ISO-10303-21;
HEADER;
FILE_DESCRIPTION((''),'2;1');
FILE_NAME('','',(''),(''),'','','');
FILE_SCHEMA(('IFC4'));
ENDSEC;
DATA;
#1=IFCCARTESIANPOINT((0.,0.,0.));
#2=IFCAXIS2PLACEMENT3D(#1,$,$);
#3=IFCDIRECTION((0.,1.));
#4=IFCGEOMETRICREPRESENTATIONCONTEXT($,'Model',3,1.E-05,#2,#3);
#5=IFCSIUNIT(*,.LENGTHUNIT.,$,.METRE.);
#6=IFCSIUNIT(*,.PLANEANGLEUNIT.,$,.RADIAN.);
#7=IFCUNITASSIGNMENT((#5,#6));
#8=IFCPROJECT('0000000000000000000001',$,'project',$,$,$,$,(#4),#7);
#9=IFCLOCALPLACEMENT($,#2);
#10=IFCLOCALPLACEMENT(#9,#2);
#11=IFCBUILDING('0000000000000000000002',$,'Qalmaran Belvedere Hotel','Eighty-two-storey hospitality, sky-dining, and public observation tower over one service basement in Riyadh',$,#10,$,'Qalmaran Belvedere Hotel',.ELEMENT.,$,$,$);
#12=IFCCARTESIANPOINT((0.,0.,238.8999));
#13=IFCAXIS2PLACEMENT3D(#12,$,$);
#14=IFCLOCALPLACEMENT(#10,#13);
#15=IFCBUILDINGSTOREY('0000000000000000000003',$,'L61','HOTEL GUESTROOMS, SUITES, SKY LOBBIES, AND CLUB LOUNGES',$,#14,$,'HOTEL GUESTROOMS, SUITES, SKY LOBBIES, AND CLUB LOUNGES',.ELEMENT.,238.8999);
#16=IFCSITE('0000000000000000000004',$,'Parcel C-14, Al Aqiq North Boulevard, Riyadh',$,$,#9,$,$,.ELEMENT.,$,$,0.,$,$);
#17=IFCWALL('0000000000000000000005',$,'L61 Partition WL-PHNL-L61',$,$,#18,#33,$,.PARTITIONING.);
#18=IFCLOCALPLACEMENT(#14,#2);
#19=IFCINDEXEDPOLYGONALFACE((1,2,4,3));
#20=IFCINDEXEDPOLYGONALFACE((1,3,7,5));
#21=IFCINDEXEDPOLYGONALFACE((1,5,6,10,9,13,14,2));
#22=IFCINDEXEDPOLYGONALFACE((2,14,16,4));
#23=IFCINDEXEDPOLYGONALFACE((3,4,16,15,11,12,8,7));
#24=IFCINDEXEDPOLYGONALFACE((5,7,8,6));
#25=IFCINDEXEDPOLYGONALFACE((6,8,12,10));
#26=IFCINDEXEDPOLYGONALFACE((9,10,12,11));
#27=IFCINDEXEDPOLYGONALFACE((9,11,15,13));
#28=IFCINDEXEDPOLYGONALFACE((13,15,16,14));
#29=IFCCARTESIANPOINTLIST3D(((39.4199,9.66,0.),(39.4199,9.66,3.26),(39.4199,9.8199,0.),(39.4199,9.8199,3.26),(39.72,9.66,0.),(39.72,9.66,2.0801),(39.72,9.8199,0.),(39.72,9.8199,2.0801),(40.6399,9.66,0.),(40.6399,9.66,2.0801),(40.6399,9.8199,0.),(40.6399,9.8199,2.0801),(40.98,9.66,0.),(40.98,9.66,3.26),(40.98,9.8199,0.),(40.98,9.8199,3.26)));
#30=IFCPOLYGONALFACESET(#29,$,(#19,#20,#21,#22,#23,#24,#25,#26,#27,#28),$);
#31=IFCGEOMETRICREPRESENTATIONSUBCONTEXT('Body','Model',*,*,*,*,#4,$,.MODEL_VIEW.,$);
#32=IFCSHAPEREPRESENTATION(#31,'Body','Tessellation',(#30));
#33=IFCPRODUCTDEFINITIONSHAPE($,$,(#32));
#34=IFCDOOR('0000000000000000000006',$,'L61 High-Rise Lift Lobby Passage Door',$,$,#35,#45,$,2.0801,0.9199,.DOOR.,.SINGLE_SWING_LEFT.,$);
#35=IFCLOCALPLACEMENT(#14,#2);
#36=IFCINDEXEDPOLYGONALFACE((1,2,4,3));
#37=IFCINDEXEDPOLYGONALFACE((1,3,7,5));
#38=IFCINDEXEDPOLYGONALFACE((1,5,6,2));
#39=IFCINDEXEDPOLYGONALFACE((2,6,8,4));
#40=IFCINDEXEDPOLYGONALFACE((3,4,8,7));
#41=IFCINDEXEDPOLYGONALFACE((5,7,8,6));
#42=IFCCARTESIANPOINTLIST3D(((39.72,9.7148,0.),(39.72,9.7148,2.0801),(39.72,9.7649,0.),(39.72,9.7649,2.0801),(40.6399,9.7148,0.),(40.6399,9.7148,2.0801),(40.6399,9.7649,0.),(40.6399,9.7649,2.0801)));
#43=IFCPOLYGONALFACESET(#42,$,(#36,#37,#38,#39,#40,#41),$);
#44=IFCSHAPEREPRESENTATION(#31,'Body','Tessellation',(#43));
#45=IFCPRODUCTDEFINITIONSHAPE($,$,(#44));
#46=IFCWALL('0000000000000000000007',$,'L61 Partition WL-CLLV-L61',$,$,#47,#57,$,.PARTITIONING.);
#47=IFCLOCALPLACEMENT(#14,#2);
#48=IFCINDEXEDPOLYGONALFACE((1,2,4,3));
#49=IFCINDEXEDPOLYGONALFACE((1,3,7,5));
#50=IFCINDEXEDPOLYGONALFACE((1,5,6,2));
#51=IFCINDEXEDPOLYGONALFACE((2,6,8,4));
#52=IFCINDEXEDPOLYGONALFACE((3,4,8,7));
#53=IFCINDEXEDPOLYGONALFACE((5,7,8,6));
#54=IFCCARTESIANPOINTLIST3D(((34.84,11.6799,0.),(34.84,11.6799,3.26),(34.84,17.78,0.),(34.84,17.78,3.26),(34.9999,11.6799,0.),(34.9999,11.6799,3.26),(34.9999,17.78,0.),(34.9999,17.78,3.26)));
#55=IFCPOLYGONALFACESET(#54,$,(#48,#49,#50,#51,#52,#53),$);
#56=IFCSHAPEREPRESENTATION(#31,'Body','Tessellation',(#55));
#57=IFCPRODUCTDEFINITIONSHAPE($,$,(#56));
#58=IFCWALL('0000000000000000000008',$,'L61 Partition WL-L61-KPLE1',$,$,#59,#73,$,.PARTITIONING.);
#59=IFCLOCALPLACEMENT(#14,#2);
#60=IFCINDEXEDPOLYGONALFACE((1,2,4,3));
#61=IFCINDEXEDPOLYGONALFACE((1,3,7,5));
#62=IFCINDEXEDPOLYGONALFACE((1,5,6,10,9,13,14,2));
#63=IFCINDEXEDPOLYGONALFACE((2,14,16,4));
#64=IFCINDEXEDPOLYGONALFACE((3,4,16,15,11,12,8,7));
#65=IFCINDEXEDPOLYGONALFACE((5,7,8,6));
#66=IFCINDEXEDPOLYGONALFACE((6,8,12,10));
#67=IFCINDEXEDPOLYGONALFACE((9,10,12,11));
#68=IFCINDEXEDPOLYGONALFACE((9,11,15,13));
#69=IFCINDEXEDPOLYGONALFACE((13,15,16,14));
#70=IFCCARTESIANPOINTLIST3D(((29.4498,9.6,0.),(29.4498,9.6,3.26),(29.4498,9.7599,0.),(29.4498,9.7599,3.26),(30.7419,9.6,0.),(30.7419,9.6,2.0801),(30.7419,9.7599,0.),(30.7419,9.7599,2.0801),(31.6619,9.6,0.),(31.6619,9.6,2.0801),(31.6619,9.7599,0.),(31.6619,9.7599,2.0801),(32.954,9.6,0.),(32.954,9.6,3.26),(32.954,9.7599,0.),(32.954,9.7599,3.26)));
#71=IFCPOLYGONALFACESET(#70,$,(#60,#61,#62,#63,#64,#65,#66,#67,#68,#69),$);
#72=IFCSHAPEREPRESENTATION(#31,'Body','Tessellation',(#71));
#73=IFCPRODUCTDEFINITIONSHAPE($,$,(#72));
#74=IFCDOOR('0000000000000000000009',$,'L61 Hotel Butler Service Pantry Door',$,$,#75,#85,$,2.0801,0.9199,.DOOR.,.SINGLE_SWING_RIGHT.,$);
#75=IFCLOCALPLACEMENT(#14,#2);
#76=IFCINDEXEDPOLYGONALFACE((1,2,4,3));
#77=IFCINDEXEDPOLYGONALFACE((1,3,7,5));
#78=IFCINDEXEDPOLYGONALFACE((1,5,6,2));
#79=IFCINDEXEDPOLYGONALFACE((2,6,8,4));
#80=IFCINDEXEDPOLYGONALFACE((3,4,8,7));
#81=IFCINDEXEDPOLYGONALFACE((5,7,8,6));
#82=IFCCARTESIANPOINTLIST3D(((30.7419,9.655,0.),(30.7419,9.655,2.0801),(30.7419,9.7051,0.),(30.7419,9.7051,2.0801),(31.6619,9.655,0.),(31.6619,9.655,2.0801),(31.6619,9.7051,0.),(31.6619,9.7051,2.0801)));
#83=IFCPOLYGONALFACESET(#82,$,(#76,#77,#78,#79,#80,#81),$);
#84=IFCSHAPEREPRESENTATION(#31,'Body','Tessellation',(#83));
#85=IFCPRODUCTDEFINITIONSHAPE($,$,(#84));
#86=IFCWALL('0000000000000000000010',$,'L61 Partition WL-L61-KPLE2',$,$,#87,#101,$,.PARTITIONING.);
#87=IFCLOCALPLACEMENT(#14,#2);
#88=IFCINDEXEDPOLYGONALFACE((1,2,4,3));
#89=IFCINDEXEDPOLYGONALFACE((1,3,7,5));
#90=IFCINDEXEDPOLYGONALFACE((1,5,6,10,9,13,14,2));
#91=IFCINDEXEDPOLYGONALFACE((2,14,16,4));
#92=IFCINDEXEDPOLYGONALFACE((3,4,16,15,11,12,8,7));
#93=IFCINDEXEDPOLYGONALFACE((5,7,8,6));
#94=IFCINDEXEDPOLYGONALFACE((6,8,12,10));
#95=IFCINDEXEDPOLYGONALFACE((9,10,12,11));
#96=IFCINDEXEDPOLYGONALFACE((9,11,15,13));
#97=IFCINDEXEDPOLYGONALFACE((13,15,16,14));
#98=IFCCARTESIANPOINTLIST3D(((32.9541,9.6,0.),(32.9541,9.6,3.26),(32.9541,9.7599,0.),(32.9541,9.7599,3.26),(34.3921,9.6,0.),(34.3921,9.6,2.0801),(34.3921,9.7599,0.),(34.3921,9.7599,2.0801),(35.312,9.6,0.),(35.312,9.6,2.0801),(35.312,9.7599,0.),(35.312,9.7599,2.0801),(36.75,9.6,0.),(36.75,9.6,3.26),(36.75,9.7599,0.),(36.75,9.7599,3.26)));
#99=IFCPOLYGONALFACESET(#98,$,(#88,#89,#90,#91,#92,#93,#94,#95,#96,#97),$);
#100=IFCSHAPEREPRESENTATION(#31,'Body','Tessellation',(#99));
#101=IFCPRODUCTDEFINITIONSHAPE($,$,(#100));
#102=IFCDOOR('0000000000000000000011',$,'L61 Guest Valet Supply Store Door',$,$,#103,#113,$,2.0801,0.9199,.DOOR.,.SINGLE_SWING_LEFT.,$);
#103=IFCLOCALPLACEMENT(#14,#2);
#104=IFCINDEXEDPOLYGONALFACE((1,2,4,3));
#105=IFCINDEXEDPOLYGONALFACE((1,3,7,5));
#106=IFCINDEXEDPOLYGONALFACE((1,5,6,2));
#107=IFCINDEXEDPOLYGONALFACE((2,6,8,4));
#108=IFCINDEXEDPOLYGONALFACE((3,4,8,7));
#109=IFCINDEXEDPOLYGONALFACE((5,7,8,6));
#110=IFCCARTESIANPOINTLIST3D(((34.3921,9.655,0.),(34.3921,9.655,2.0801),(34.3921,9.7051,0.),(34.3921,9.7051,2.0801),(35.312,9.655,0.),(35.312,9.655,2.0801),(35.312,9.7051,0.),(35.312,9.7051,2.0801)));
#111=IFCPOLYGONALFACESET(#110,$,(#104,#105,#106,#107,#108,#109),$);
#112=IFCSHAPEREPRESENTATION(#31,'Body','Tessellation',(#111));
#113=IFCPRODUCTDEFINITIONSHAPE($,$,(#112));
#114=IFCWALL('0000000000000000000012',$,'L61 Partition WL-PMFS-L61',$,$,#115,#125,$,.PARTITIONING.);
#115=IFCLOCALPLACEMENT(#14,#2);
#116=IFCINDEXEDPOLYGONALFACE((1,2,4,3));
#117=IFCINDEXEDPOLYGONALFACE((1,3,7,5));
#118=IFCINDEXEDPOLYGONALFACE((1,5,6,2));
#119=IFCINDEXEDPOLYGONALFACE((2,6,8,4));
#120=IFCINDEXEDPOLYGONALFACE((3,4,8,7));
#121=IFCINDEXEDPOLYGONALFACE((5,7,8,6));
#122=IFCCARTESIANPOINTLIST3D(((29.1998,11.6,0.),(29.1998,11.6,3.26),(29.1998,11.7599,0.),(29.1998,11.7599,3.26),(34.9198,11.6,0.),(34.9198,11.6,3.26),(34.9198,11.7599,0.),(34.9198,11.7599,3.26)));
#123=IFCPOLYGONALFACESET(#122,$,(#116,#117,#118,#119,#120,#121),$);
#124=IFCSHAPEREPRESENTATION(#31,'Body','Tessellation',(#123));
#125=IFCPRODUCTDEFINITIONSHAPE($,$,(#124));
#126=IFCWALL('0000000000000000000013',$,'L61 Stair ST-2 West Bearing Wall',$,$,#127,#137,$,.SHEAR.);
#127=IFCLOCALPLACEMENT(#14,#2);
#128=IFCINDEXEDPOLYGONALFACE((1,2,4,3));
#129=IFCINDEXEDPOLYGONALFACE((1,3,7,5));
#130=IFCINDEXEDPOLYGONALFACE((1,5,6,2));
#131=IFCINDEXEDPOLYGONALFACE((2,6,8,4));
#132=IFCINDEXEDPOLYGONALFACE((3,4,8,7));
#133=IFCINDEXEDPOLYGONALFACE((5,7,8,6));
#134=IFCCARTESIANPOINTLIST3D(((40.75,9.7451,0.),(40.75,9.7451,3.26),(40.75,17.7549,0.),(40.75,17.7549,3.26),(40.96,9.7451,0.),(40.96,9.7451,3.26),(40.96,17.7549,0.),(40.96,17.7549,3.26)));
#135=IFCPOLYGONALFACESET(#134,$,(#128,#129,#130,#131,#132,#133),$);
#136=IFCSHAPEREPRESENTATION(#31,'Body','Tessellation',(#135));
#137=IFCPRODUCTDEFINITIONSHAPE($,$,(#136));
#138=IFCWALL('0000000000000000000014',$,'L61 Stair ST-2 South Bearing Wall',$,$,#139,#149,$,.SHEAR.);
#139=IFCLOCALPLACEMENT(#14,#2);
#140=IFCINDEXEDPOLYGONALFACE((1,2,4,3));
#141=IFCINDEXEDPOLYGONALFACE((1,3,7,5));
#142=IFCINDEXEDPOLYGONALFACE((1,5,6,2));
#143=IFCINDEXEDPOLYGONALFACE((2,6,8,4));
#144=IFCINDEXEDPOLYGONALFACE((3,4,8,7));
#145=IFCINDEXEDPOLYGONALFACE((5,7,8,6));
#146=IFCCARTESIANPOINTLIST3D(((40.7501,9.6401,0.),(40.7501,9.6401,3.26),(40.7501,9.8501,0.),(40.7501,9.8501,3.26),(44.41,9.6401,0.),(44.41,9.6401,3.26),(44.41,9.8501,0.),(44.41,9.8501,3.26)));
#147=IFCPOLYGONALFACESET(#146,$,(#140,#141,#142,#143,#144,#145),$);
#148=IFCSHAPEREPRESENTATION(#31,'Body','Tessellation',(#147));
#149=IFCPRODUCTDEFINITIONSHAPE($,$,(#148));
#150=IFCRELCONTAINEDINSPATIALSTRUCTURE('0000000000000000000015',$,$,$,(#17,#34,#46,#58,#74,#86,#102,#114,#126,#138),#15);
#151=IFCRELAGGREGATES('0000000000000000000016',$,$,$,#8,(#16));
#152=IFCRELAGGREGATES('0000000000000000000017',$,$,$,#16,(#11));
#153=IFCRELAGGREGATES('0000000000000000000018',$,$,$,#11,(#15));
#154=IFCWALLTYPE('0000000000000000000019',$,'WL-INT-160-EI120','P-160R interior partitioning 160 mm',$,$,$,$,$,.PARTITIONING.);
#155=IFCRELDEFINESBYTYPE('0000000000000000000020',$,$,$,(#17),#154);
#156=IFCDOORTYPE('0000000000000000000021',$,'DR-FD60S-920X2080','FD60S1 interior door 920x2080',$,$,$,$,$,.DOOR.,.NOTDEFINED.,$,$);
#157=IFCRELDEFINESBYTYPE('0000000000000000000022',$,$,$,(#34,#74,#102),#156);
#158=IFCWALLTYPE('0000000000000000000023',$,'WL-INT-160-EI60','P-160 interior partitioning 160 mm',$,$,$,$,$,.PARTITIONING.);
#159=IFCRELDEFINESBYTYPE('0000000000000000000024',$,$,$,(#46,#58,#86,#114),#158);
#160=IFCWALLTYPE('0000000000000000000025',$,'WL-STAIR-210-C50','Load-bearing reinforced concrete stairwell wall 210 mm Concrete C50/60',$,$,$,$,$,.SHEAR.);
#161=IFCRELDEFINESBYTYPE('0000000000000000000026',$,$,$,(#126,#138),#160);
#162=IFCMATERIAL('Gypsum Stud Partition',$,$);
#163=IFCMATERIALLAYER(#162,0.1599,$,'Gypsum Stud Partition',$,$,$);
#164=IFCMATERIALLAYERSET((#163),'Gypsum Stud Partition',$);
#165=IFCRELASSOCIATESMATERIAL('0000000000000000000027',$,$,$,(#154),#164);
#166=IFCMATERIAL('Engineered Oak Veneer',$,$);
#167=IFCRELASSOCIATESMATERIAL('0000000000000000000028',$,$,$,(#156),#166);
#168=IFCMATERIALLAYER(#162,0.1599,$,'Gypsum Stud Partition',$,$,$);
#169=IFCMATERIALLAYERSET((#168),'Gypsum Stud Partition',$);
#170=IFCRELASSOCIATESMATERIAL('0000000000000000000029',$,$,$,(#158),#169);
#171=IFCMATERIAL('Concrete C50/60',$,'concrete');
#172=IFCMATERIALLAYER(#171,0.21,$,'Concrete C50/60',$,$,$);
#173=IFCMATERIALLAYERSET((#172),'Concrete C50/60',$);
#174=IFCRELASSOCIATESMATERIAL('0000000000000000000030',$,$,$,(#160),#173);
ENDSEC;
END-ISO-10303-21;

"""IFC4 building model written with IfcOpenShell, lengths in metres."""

from ifc_helpers import new_model, si_unit, direction, frame, frame_2d, origin, place, context, subcontext, project, spatial, rectangle, extrude, material, layer, layer_set, type_object, element, fill, save


model = new_model("IFC4")

# Units and contexts
model_context = context("Model", 3, precision=1e-05, world=origin(), true_north=direction((0.0, 1.0)))
body_context = subcontext(model_context, "Body", "Model", "MODEL_VIEW")
ifc_project = project(units=[si_unit("LENGTHUNIT", "METRE"), si_unit("PLANEANGLEUNIT", "RADIAN")], contexts=[model_context])

# Site, building, storey
site_placement = place(None, origin())
site = spatial("IfcSite", under=ifc_project, at=site_placement, Name="Parcel C-14, Al Aqiq North Boulevard, Riyadh", CompositionType="ELEMENT", RefElevation=0.0)
building_placement = place(site_placement, origin())
building = spatial("IfcBuilding", under=site, at=building_placement, Name="Qalmaran Belvedere Hotel", Description="Eighty-two-storey hospitality, sky-dining, and public observation tower over one service basement in Riyadh", LongName="Qalmaran Belvedere Hotel", CompositionType="ELEMENT")
storey_placement = place(building_placement, frame((0.0, 0.0, 238.8999)))
storey = spatial("IfcBuildingStorey", under=building, at=storey_placement, Name="L61", Description="HOTEL GUESTROOMS, SUITES, SKY LOBBIES, AND CLUB LOUNGES", LongName="HOTEL GUESTROOMS, SUITES, SKY LOBBIES, AND CLUB LOUNGES", CompositionType="ELEMENT", Elevation=238.8999)

# Shared definitions
ifc_material_1 = material(Name="Concrete C50/60", Category="concrete")

# Shared definitions
ifc_material_2 = material(Name="Gypsum Stud Partition")
ifc_layer_1 = layer(ifc_material_2, 0.1599, Name="Gypsum Stud Partition")
ifc_layer_set_1 = layer_set([ifc_layer_1], Name="Gypsum Stud Partition")
wall_type_1 = type_object("IfcWallType", Name="WL-INT-160-EI120", Description="P-160R interior partitioning 160 mm", PredefinedType="PARTITIONING", material=ifc_layer_set_1)

# Wall, opening, door
wall_1_placement = place(storey_placement, frame((39.4199, 9.74, 0.0), z_axis=(0.0, 0.0, 1.0), x_axis=(1.0, 0.0, 0.0)))
wall_1 = element("IfcWall", 1, at=wall_1_placement, inside=storey, type_object=wall_type_1, Name="L61 Partition WL-PHNL-L61", PredefinedType="PARTITIONING", context=body_context, shape_type="SweptSolid", body=[
    extrude(rectangle(XDim=1.5601, YDim=0.1599, at=frame_2d((0.78, 0.0))), origin(), (0.0, 0.0, 1.0), 3.26),
])
opening_1_placement = place(wall_1_placement, frame((0.3, 0.0, 0.0)))
opening_1 = element("IfcOpeningElement", 2, at=opening_1_placement, cuts=wall_1, PredefinedType="OPENING", context=body_context, shape_type="SweptSolid", body=[
    extrude(rectangle(XDim=0.9199, YDim=2.0801, at=frame_2d((0.46, 1.04))), frame((0.0, 0.0898, 0.0), z_axis=(0.0, -1.0, 0.0), x_axis=(1.0, 0.0, 0.0)), (0.0, 0.0, 1.0), 0.1799),
])
ifc_material_3 = material(Name="Engineered Oak Veneer")
door_type_1 = type_object("IfcDoorType", Name="DR-FD60S-920X2080", Description="FD60S1 interior door 920x2080", OperationType="NOTDEFINED", PredefinedType="DOOR", material=ifc_material_3)
door_1_placement = place(opening_1_placement, origin())
door_1 = element("IfcDoor", 3, at=door_1_placement, inside=storey, type_object=door_type_1, Name="L61 High-Rise Lift Lobby Passage Door", OperationType="SINGLE_SWING_LEFT", OverallHeight=2.0801, OverallWidth=0.9199, PredefinedType="DOOR", context=body_context, shape_type="SweptSolid", body=[
    extrude(rectangle(XDim=0.9199, YDim=2.0801, at=frame_2d((0.46, 1.04))), frame((0.0, 0.0249, 0.0), z_axis=(0.0, -1.0, 0.0), x_axis=(1.0, 0.0, 0.0)), (0.0, 0.0, 1.0), 0.05),
])
fill(opening_1, door_1)

# Wall
ifc_layer_2 = layer(ifc_material_2, 0.1599, Name="Gypsum Stud Partition")
ifc_layer_set_2 = layer_set([ifc_layer_2], Name="Gypsum Stud Partition")
wall_type_2 = type_object("IfcWallType", Name="WL-INT-160-EI60", Description="P-160 interior partitioning 160 mm", PredefinedType="PARTITIONING", material=ifc_layer_set_2)
wall_2_placement = place(storey_placement, frame((34.9199, 11.6799, 0.0), z_axis=(0.0, 0.0, 1.0), x_axis=(0.0, 1.0, 0.0)))
element("IfcWall", 4, at=wall_2_placement, inside=storey, type_object=wall_type_2, Name="L61 Partition WL-CLLV-L61", PredefinedType="PARTITIONING", context=body_context, shape_type="SweptSolid", body=[
    extrude(rectangle(XDim=6.1001, YDim=0.1599, at=frame_2d((3.05, 0.0))), origin(), (0.0, 0.0, 1.0), 3.26),
])

# Walls, openings, doors
wall_3_placement = place(storey_placement, frame((29.45, 9.6799, 0.0), z_axis=(0.0, 0.0, 1.0), x_axis=(1.0, 0.0, 0.0)))
wall_3 = element("IfcWall", 5, at=wall_3_placement, inside=storey, type_object=wall_type_2, Name="L61 Partition WL-L61-KPLE1", PredefinedType="PARTITIONING", context=body_context, shape_type="SweptSolid", body=[
    extrude(rectangle(XDim=3.5042, YDim=0.1599, at=frame_2d((1.752, 0.0))), origin(), (0.0, 0.0, 1.0), 3.26),
])
opening_2_placement = place(wall_3_placement, frame((2.2119, 0.0, 0.0), z_axis=(0.0, 0.0, 1.0), x_axis=(-1.0, 0.0, 0.0)))
opening_2 = element("IfcOpeningElement", 6, at=opening_2_placement, cuts=wall_3, PredefinedType="OPENING", context=body_context, shape_type="SweptSolid", body=[
    extrude(rectangle(XDim=0.9199, YDim=2.0801, at=frame_2d((0.46, 1.04))), frame((0.0, 0.0898, 0.0), z_axis=(0.0, -1.0, 0.0), x_axis=(1.0, 0.0, 0.0)), (0.0, 0.0, 1.0), 0.1799),
])
door_2_placement = place(opening_2_placement, origin())
door_2 = element("IfcDoor", 7, at=door_2_placement, inside=storey, type_object=door_type_1, Name="L61 Hotel Butler Service Pantry Door", OperationType="SINGLE_SWING_RIGHT", OverallHeight=2.0801, OverallWidth=0.9199, PredefinedType="DOOR", context=body_context, shape_type="SweptSolid", body=[
    extrude(rectangle(XDim=0.9199, YDim=2.0801, at=frame_2d((0.46, 1.04))), frame((0.0, 0.0249, 0.0), z_axis=(0.0, -1.0, 0.0), x_axis=(1.0, 0.0, 0.0)), (0.0, 0.0, 1.0), 0.05),
])
fill(opening_2, door_2)
wall_4_placement = place(storey_placement, frame((32.9541, 9.6799, 0.0), z_axis=(0.0, 0.0, 1.0), x_axis=(1.0, 0.0, 0.0)))
wall_4 = element("IfcWall", 8, at=wall_4_placement, inside=storey, type_object=wall_type_2, Name="L61 Partition WL-L61-KPLE2", PredefinedType="PARTITIONING", context=body_context, shape_type="SweptSolid", body=[
    extrude(rectangle(XDim=3.7959, YDim=0.1599, at=frame_2d((1.8979, 0.0))), origin(), (0.0, 0.0, 1.0), 3.26),
])
opening_3_placement = place(wall_4_placement, frame((2.3579, 0.0, 0.0), z_axis=(0.0, 0.0, 1.0), x_axis=(-1.0, 0.0, 0.0)))
opening_3 = element("IfcOpeningElement", 9, at=opening_3_placement, cuts=wall_4, PredefinedType="OPENING", context=body_context, shape_type="SweptSolid", body=[
    extrude(rectangle(XDim=0.9199, YDim=2.0801, at=frame_2d((0.46, 1.04))), frame((0.0, 0.0898, 0.0), z_axis=(0.0, -1.0, 0.0), x_axis=(1.0, 0.0, 0.0)), (0.0, 0.0, 1.0), 0.1799),
])
door_3_placement = place(opening_3_placement, origin())
door_3 = element("IfcDoor", 10, at=door_3_placement, inside=storey, type_object=door_type_1, Name="L61 Guest Valet Supply Store Door", OperationType="SINGLE_SWING_LEFT", OverallHeight=2.0801, OverallWidth=0.9199, PredefinedType="DOOR", context=body_context, shape_type="SweptSolid", body=[
    extrude(rectangle(XDim=0.9199, YDim=2.0801, at=frame_2d((0.46, 1.04))), frame((0.0, 0.0249, 0.0), z_axis=(0.0, -1.0, 0.0), x_axis=(1.0, 0.0, 0.0)), (0.0, 0.0, 1.0), 0.05),
])
fill(opening_3, door_3)

# Walls
wall_5_placement = place(storey_placement, frame((29.2, 11.6799, 0.0), z_axis=(0.0, 0.0, 1.0), x_axis=(1.0, 0.0, 0.0)))
element("IfcWall", 11, at=wall_5_placement, inside=storey, type_object=wall_type_2, Name="L61 Partition WL-PMFS-L61", PredefinedType="PARTITIONING", context=body_context, shape_type="SweptSolid", body=[
    extrude(rectangle(XDim=5.72, YDim=0.1599, at=frame_2d((2.8599, 0.0))), origin(), (0.0, 0.0, 1.0), 3.26),
])
ifc_layer_3 = layer(ifc_material_1, 0.21, Name="Concrete C50/60")
ifc_layer_set_3 = layer_set([ifc_layer_3], Name="Concrete C50/60")
wall_type_3 = type_object("IfcWallType", Name="WL-STAIR-210-C50", Description="Load-bearing reinforced concrete stairwell wall 210 mm Concrete C50/60", PredefinedType="SHEAR", material=ifc_layer_set_3)
wall_6_placement = place(storey_placement, frame((40.855, 9.7451, 0.0), z_axis=(0.0, 0.0, 1.0), x_axis=(0.0, 1.0, 0.0)))
element("IfcWall", 12, at=wall_6_placement, inside=storey, type_object=wall_type_3, Name="L61 Stair ST-2 West Bearing Wall", PredefinedType="SHEAR", context=body_context, shape_type="SweptSolid", body=[
    extrude(rectangle(XDim=8.0098, YDim=0.21, at=frame_2d((4.0049, 0.0))), origin(), (0.0, 0.0, 1.0), 3.26),
])
wall_7_placement = place(storey_placement, frame((40.75, 9.7451, 0.0), z_axis=(0.0, 0.0, 1.0), x_axis=(1.0, 0.0, 0.0)))
element("IfcWall", 13, at=wall_7_placement, inside=storey, type_object=wall_type_3, Name="L61 Stair ST-2 South Bearing Wall", PredefinedType="SHEAR", context=body_context, shape_type="SweptSolid", body=[
    extrude(rectangle(XDim=3.6599, YDim=0.21, at=frame_2d((1.8301, 0.0))), origin(), (0.0, 0.0, 1.0), 3.26),
])

save(model, "model.ifc")
